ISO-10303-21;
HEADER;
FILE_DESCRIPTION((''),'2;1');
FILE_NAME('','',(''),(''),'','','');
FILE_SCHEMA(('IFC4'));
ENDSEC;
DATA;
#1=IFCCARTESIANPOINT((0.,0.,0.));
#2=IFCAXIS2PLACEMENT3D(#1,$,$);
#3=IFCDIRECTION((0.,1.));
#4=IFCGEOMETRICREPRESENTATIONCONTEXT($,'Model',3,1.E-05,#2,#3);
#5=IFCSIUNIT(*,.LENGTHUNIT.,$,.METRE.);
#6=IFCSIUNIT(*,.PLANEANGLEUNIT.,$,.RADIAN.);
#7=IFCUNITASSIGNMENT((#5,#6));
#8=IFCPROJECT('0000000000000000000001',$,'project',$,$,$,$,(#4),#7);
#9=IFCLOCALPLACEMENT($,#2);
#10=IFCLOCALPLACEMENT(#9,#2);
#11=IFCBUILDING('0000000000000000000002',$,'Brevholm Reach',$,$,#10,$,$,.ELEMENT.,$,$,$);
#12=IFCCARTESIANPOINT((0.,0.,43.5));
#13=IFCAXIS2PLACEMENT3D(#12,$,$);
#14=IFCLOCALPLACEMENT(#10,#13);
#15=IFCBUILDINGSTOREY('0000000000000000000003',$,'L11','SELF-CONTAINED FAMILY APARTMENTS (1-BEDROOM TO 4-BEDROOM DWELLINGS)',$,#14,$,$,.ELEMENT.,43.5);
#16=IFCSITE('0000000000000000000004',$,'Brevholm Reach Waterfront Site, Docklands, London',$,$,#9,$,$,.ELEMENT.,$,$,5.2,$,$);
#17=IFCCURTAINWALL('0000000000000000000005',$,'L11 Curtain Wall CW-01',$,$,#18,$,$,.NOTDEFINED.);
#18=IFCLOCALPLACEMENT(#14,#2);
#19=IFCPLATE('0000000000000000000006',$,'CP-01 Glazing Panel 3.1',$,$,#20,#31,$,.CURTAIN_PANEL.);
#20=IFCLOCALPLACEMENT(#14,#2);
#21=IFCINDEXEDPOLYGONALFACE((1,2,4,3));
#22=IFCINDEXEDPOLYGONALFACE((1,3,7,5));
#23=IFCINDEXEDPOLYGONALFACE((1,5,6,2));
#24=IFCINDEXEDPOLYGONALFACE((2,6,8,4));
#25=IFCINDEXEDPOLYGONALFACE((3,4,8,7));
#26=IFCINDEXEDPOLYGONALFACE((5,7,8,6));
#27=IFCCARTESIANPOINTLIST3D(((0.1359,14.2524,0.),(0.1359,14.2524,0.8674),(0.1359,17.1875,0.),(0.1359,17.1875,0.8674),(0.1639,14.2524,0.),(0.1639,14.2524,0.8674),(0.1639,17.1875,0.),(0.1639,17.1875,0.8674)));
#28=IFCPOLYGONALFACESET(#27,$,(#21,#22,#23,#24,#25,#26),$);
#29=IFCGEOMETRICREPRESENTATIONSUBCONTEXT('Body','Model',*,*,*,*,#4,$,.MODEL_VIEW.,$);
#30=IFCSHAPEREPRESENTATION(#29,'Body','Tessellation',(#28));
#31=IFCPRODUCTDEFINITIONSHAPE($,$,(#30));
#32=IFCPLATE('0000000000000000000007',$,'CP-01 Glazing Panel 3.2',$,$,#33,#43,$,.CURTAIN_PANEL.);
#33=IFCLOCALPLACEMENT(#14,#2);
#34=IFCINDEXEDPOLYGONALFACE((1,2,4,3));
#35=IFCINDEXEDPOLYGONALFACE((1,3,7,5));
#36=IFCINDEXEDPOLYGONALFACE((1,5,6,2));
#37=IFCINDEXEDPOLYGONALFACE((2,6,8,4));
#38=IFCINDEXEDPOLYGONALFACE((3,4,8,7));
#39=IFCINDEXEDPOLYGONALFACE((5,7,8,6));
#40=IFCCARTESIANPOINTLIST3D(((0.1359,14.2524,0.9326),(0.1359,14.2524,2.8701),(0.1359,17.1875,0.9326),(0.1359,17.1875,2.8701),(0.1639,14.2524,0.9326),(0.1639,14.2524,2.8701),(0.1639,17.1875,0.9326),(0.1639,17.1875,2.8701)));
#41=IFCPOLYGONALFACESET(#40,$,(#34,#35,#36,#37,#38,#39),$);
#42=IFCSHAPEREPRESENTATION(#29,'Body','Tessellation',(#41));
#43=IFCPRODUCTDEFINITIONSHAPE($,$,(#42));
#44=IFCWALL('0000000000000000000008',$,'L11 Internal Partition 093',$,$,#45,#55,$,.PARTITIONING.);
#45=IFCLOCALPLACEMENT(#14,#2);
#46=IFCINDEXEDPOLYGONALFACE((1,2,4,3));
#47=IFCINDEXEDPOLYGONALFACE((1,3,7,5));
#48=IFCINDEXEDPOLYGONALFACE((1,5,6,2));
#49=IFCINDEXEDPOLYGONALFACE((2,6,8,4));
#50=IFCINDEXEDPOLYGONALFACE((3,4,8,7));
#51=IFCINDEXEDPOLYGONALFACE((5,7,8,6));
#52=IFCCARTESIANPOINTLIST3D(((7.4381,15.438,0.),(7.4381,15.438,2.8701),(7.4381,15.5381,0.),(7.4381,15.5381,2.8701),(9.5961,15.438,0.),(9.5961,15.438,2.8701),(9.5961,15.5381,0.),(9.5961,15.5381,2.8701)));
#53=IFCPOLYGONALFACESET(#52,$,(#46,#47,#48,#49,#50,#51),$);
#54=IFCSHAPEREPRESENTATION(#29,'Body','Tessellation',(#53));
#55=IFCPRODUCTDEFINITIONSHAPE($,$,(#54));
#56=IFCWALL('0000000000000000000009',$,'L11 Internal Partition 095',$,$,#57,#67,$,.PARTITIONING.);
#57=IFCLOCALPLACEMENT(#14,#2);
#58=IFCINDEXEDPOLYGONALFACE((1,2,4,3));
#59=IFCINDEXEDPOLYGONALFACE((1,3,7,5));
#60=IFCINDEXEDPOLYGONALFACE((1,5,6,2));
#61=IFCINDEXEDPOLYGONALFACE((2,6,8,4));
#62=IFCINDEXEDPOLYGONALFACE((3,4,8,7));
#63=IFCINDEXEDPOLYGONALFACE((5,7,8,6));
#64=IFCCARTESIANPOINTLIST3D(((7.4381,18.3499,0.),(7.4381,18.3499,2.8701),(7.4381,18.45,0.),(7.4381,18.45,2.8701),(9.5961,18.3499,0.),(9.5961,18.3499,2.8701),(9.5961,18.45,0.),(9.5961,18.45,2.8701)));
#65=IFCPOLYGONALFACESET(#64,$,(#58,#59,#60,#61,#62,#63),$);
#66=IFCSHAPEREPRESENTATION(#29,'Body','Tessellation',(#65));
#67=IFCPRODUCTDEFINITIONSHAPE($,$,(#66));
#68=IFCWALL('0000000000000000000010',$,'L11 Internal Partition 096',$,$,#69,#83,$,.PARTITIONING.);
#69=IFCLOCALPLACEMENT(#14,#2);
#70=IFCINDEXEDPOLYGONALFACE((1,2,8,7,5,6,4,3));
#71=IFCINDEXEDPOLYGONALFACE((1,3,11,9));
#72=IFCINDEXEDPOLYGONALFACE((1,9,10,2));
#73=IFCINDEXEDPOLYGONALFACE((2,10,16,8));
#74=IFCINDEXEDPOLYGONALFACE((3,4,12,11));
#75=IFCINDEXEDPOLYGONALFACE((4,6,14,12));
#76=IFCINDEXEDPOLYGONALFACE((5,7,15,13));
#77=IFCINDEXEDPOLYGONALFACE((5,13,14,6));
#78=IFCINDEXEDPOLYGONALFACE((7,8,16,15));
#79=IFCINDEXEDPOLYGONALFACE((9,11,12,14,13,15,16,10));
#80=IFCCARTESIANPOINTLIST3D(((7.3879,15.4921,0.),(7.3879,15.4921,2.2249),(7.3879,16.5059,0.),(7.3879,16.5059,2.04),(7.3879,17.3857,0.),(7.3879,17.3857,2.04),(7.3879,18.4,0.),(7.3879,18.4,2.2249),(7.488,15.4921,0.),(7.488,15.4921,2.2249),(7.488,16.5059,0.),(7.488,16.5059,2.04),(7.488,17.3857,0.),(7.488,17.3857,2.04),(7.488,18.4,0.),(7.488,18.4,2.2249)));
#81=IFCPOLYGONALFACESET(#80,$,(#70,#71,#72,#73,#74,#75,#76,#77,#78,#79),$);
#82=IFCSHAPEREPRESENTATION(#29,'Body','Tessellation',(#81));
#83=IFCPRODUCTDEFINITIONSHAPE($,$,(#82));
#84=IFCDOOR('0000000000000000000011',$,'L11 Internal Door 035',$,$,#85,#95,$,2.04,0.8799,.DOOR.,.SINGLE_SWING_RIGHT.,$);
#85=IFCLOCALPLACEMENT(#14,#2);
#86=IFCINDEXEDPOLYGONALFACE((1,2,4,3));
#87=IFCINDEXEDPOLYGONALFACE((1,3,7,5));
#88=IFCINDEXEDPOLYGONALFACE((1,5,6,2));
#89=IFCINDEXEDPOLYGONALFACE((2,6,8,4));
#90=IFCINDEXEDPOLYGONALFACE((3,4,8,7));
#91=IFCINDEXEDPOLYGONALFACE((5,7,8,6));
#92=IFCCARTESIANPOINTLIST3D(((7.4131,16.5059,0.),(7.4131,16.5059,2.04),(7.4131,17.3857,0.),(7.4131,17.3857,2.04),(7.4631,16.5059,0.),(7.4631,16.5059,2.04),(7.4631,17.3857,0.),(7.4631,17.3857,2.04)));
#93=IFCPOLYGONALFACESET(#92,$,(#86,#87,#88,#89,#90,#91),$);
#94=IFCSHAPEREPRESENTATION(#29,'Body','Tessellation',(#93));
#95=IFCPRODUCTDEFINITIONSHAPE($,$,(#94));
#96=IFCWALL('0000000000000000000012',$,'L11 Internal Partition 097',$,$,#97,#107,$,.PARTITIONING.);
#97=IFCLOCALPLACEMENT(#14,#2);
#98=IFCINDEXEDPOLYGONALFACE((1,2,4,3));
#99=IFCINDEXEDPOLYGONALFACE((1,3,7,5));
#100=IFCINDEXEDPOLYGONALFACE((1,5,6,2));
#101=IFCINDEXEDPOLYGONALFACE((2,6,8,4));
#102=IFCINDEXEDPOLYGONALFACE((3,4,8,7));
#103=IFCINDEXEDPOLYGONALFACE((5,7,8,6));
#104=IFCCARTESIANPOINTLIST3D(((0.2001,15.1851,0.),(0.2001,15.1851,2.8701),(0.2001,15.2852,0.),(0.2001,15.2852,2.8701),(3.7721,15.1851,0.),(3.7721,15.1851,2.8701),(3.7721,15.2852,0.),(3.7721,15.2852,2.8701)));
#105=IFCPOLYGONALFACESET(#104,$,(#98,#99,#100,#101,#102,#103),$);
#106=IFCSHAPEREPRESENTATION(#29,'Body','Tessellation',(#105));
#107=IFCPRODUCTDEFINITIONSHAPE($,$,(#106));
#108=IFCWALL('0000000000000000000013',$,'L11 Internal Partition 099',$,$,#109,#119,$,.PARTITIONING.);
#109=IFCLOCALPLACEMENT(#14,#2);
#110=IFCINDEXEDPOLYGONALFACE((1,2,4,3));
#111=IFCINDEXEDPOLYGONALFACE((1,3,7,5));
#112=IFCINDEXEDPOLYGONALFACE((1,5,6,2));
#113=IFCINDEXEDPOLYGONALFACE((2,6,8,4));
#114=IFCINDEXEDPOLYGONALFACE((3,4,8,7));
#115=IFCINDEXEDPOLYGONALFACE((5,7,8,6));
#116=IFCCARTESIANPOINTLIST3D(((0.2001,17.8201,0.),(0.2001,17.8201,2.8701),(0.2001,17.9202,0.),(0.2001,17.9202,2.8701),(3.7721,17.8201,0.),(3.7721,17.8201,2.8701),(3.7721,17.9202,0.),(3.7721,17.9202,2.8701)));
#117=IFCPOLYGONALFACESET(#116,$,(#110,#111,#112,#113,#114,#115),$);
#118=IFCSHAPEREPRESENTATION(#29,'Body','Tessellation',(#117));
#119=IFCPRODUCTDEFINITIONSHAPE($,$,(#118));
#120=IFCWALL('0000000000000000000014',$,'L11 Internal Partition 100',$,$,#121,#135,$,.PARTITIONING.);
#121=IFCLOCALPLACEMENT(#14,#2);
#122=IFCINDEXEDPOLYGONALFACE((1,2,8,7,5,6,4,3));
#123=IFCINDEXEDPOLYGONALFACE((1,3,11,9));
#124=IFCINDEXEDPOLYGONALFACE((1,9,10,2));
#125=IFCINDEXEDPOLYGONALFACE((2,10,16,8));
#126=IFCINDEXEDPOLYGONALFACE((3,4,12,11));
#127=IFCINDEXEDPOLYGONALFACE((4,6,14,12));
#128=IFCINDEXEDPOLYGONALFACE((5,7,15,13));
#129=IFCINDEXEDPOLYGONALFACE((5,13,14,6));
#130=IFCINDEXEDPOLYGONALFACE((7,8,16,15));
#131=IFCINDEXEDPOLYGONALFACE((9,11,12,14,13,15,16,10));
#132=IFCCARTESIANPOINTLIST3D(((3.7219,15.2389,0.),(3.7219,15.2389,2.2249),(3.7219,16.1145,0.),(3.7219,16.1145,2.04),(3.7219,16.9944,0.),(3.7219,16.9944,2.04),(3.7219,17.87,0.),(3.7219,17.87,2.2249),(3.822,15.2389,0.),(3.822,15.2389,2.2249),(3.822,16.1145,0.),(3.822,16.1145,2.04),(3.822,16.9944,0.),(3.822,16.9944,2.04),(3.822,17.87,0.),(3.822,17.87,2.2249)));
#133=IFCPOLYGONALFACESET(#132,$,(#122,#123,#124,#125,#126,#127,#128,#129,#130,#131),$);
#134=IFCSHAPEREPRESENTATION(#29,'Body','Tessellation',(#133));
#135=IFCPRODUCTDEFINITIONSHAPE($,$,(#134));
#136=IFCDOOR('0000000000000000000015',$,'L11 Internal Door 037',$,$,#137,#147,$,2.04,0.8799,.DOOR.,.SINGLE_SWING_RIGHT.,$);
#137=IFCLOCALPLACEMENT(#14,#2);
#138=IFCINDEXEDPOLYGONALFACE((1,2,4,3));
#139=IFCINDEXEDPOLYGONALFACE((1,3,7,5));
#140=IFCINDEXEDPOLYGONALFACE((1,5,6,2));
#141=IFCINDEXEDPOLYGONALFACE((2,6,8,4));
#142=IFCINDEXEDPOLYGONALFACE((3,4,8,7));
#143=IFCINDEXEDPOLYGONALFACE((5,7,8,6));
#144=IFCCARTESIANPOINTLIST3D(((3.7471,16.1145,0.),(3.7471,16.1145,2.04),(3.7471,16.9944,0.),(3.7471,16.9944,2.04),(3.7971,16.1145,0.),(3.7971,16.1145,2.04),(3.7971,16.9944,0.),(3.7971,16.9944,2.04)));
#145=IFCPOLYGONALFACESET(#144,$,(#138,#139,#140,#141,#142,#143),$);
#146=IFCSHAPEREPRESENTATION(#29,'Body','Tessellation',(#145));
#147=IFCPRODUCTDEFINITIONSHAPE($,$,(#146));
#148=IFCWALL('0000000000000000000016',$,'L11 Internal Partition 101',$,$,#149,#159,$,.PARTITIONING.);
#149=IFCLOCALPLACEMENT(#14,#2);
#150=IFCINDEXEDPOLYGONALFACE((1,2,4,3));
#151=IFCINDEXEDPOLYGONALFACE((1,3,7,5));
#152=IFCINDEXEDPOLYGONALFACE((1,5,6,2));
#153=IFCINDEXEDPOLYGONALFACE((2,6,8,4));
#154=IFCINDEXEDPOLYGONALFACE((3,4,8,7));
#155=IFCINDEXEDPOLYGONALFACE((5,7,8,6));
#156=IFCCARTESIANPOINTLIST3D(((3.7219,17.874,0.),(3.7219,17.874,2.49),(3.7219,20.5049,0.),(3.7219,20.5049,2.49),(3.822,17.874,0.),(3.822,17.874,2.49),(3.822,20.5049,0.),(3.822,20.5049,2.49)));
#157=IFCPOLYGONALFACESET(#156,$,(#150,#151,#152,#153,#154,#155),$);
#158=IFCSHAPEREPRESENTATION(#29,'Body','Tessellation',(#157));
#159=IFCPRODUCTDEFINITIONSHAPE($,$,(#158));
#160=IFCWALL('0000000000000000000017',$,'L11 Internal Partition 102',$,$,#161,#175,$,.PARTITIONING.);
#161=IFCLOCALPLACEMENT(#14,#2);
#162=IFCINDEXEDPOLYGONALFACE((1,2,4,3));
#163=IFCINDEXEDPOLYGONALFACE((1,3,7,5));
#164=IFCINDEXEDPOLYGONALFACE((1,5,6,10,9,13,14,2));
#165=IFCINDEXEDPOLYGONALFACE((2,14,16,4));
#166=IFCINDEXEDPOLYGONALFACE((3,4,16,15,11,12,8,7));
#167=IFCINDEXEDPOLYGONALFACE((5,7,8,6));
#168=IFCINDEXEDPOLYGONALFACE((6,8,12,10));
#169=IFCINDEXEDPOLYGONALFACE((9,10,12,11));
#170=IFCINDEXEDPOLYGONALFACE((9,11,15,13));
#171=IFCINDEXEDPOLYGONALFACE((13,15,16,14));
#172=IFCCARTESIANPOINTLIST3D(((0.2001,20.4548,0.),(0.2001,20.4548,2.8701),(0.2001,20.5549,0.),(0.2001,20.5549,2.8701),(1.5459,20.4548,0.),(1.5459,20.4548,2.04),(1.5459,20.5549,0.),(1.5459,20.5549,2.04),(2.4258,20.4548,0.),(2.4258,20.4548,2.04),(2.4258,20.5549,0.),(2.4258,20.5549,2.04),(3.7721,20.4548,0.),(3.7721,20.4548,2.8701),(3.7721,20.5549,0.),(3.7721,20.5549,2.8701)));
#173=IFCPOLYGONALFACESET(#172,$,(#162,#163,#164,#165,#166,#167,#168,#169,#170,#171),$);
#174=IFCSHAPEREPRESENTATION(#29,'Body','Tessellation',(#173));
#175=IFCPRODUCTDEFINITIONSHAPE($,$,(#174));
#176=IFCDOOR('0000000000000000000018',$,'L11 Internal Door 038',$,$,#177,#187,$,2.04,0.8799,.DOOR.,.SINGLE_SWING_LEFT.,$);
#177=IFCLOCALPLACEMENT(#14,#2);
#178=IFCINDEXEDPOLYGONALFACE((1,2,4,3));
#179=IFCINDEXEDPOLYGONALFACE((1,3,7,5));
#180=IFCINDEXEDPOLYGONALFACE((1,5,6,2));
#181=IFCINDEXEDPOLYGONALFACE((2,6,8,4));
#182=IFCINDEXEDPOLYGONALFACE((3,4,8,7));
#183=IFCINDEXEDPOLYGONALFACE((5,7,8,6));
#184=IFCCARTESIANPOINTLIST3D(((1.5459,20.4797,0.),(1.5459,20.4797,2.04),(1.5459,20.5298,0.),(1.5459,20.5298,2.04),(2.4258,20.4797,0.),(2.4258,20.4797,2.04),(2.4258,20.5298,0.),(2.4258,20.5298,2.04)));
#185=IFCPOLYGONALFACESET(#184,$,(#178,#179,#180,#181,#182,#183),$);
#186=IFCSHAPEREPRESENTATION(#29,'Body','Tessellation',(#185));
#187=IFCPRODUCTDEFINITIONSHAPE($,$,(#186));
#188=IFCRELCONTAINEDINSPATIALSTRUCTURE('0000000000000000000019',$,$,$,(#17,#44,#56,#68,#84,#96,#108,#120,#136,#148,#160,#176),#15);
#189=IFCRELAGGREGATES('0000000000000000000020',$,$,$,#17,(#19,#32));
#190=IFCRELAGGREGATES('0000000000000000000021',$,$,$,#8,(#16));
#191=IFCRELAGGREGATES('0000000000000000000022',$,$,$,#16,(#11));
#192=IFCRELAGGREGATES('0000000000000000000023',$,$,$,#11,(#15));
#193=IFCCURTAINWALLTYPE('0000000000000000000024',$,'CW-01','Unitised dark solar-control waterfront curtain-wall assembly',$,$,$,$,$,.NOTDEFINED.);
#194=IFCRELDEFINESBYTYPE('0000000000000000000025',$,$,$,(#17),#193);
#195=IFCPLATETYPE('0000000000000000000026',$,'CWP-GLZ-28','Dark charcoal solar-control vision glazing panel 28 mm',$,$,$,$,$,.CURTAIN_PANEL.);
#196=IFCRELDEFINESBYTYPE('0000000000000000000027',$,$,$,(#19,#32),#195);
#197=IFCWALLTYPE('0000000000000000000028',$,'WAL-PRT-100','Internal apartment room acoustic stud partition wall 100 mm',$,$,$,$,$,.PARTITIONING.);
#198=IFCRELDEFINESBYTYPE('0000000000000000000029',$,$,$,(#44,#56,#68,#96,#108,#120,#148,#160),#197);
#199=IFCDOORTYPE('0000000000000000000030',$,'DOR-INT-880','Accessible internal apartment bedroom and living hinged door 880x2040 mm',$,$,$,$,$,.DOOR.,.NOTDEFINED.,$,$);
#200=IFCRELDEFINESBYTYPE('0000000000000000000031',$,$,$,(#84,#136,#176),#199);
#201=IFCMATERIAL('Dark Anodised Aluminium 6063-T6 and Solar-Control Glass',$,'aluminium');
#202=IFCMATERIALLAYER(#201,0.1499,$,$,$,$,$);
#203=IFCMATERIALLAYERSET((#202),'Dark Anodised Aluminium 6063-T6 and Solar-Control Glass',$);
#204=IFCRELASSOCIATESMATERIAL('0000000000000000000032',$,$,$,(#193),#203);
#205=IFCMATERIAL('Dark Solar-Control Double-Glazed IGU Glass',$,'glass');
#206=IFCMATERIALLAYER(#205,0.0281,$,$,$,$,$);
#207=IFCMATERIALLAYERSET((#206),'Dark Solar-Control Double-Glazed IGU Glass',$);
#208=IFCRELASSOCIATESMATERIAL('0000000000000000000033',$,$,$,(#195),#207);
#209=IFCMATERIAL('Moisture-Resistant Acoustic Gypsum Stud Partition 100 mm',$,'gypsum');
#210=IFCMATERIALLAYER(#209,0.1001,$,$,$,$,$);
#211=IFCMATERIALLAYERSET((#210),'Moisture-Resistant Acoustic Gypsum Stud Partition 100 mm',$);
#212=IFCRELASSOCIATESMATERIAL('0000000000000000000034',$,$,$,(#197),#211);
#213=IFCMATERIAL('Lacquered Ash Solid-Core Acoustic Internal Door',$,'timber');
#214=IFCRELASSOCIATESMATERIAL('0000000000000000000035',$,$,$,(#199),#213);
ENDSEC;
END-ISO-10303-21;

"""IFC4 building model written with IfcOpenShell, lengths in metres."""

from ifc_helpers import new_model, si_unit, direction, frame, frame_2d, origin, origin_2d, place, context, subcontext, project, spatial, rectangle, extrude, material, layer, layer_set, type_object, element, fill, aggregate, save


model = new_model("IFC4")

# Units and contexts
model_context = context("Model", 3, precision=1e-05, world=origin(), true_north=direction((0.0, 1.0)))
body_context = subcontext(model_context, "Body", "Model", "MODEL_VIEW")
ifc_project = project(units=[si_unit("LENGTHUNIT", "METRE"), si_unit("PLANEANGLEUNIT", "RADIAN")], contexts=[model_context])

# Site, building, storey
site_placement = place(None, origin())
site = spatial("IfcSite", under=ifc_project, at=site_placement, Name="Brevholm Reach Waterfront Site, Docklands, London", CompositionType="ELEMENT", RefElevation=5.2)
building_placement = place(site_placement, origin())
building = spatial("IfcBuilding", under=site, at=building_placement, Name="Brevholm Reach", CompositionType="ELEMENT")
storey_placement = place(building_placement, frame((0.0, 0.0, 43.5)))
storey = spatial("IfcBuildingStorey", under=building, at=storey_placement, Name="L11", Description="SELF-CONTAINED FAMILY APARTMENTS (1-BEDROOM TO 4-BEDROOM DWELLINGS)", CompositionType="ELEMENT", Elevation=43.5)

# Curtain wall, plates
ifc_material_1 = material(Name="Dark Anodised Aluminium 6063-T6 and Solar-Control Glass", Category="aluminium")
ifc_layer_1 = layer(ifc_material_1, 0.1499)
ifc_layer_set_1 = layer_set([ifc_layer_1], Name="Dark Anodised Aluminium 6063-T6 and Solar-Control Glass")
curtain_wall_type = type_object("IfcCurtainWallType", Name="CW-01", Description="Unitised dark solar-control waterfront curtain-wall assembly", PredefinedType="NOTDEFINED", material=ifc_layer_set_1)
curtain_wall_placement = place(storey_placement, origin())
curtain_wall = element("IfcCurtainWall", 1, at=curtain_wall_placement, inside=storey, type_object=curtain_wall_type, Name="L11 Curtain Wall CW-01", PredefinedType="NOTDEFINED")
ifc_material_2 = material(Name="Dark Solar-Control Double-Glazed IGU Glass", Category="glass")
ifc_layer_2 = layer(ifc_material_2, 0.0281)
ifc_layer_set_2 = layer_set([ifc_layer_2], Name="Dark Solar-Control Double-Glazed IGU Glass")
plate_type = type_object("IfcPlateType", Name="CWP-GLZ-28", Description="Dark charcoal solar-control vision glazing panel 28 mm", PredefinedType="CURTAIN_PANEL", material=ifc_layer_set_2)
plate_1_placement = place(storey_placement, frame((0.1499, 15.72, 0.0), z_axis=(0.0, 0.0, 1.0), x_axis=(0.0, -1.0, 0.0)))
plate_1 = element("IfcPlate", 2, at=plate_1_placement, type_object=plate_type, Name="CP-01 Glazing Panel 3.1", PredefinedType="CURTAIN_PANEL", context=body_context, shape_type="SweptSolid", body=[
    extrude(rectangle(XDim=2.9351, YDim=0.0281, at=origin_2d()), origin(), (0.0, 0.0, 1.0), 0.8674),
])
plate_2_placement = place(storey_placement, frame((0.1499, 15.72, 0.9326), z_axis=(0.0, 0.0, 1.0), x_axis=(0.0, -1.0, 0.0)))
plate_2 = element("IfcPlate", 3, at=plate_2_placement, type_object=plate_type, Name="CP-01 Glazing Panel 3.2", PredefinedType="CURTAIN_PANEL", context=body_context, shape_type="SweptSolid", body=[
    extrude(rectangle(XDim=2.9351, YDim=0.0281, at=origin_2d()), origin(), (0.0, 0.0, 1.0), 1.9375),
])
aggregate(curtain_wall, [plate_1, plate_2])

# Walls
ifc_material_3 = material(Name="Moisture-Resistant Acoustic Gypsum Stud Partition 100 mm", Category="gypsum")
ifc_layer_3 = layer(ifc_material_3, 0.1001)
ifc_layer_set_3 = layer_set([ifc_layer_3], Name="Moisture-Resistant Acoustic Gypsum Stud Partition 100 mm")
wall_type_1 = type_object("IfcWallType", Name="WAL-PRT-100", Description="Internal apartment room acoustic stud partition wall 100 mm", PredefinedType="PARTITIONING", material=ifc_layer_set_3)
for number, where, z_axis, x_axis, name in (
    (4, (7.438, 15.488, 0.0), (0.0, 0.0, 1.0), (1.0, 0.0, 0.0), "L11 Internal Partition 093"),
    (5, (7.438, 18.3999, 0.0), (0.0, 0.0, 1.0), (1.0, 0.0, 0.0), "L11 Internal Partition 095"),
):
    element("IfcWall", number, at=place(storey_placement, frame(where, z_axis=z_axis, x_axis=x_axis)), inside=storey, type_object=wall_type_1, Name=name, PredefinedType="PARTITIONING", context=body_context, shape_type="SweptSolid", body=[
        extrude(rectangle(XDim=2.158, YDim=0.1001, at=frame_2d((1.0791, 0.0))), origin(), (0.0, 0.0, 1.0), 2.8701),
    ])

# Wall, opening, door
wall_1_placement = place(storey_placement, frame((7.438, 15.4919, 0.0), z_axis=(0.0, 0.0, 1.0), x_axis=(0.0, 1.0, 0.0)))
wall_1 = element("IfcWall", 6, at=wall_1_placement, inside=storey, type_object=wall_type_1, Name="L11 Internal Partition 096", PredefinedType="PARTITIONING", context=body_context, shape_type="SweptSolid", body=[
    extrude(rectangle(XDim=2.908, YDim=0.1001, at=frame_2d((1.4541, 0.0))), origin(), (0.0, 0.0, 1.0), 2.2249),
])
opening_1_placement = place(wall_1_placement, frame((1.0139, 0.0, 0.0)))
opening_1 = element("IfcOpeningElement", 7, at=opening_1_placement, cuts=wall_1, PredefinedType="OPENING", context=body_context, shape_type="SweptSolid", body=[
    extrude(rectangle(XDim=0.8799, YDim=2.04, at=frame_2d((0.4399, 1.02))), frame((0.0, 0.0601, 0.0), z_axis=(0.0, -1.0, 0.0), x_axis=(1.0, 0.0, 0.0)), (0.0, 0.0, 1.0), 0.1201),
])
ifc_material_4 = material(Name="Lacquered Ash Solid-Core Acoustic Internal Door", Category="timber")
door_type = type_object("IfcDoorType", Name="DOR-INT-880", Description="Accessible internal apartment bedroom and living hinged door 880x2040 mm", OperationType="NOTDEFINED", PredefinedType="DOOR", material=ifc_material_4)
door_1_placement = place(opening_1_placement, origin())
door_1 = element("IfcDoor", 8, at=door_1_placement, inside=storey, type_object=door_type, Name="L11 Internal Door 035", OperationType="SINGLE_SWING_RIGHT", OverallHeight=2.04, OverallWidth=0.8799, PredefinedType="DOOR", context=body_context, shape_type="SweptSolid", body=[
    extrude(rectangle(XDim=0.8799, YDim=2.04, at=frame_2d((0.4399, 1.02))), frame((0.0, 0.0249, 0.0), z_axis=(0.0, -1.0, 0.0), x_axis=(1.0, 0.0, 0.0)), (0.0, 0.0, 1.0), 0.05),
])
fill(opening_1, door_1)

# Walls
for number, where, z_axis, x_axis, name in (
    (9, (0.2, 15.2351, 0.0), (0.0, 0.0, 1.0), (1.0, 0.0, 0.0), "L11 Internal Partition 097"),
    (10, (0.2, 17.8701, 0.0), (0.0, 0.0, 1.0), (1.0, 0.0, 0.0), "L11 Internal Partition 099"),
):
    element("IfcWall", number, at=place(storey_placement, frame(where, z_axis=z_axis, x_axis=x_axis)), inside=storey, type_object=wall_type_1, Name=name, PredefinedType="PARTITIONING", context=body_context, shape_type="SweptSolid", body=[
        extrude(rectangle(XDim=3.572, YDim=0.1001, at=frame_2d((1.7861, 0.0))), origin(), (0.0, 0.0, 1.0), 2.8701),
    ])

# Wall, opening, door
wall_2_placement = place(storey_placement, frame((3.772, 15.239, 0.0), z_axis=(0.0, 0.0, 1.0), x_axis=(0.0, 1.0, 0.0)))
wall_2 = element("IfcWall", 11, at=wall_2_placement, inside=storey, type_object=wall_type_1, Name="L11 Internal Partition 100", PredefinedType="PARTITIONING", context=body_context, shape_type="SweptSolid", body=[
    extrude(rectangle(XDim=2.6311, YDim=0.1001, at=frame_2d((1.3154, 0.0))), origin(), (0.0, 0.0, 1.0), 2.2249),
])
opening_2_placement = place(wall_2_placement, frame((0.8755, 0.0, 0.0)))
opening_2 = element("IfcOpeningElement", 12, at=opening_2_placement, cuts=wall_2, PredefinedType="OPENING", context=body_context, shape_type="SweptSolid", body=[
    extrude(rectangle(XDim=0.8799, YDim=2.04, at=frame_2d((0.4399, 1.02))), frame((0.0, 0.0601, 0.0), z_axis=(0.0, -1.0, 0.0), x_axis=(1.0, 0.0, 0.0)), (0.0, 0.0, 1.0), 0.1201),
])
door_2_placement = place(opening_2_placement, origin())
door_2 = element("IfcDoor", 13, at=door_2_placement, inside=storey, type_object=door_type, Name="L11 Internal Door 037", OperationType="SINGLE_SWING_RIGHT", OverallHeight=2.04, OverallWidth=0.8799, PredefinedType="DOOR", context=body_context, shape_type="SweptSolid", body=[
    extrude(rectangle(XDim=0.8799, YDim=2.04, at=frame_2d((0.4399, 1.02))), frame((0.0, 0.0249, 0.0), z_axis=(0.0, -1.0, 0.0), x_axis=(1.0, 0.0, 0.0)), (0.0, 0.0, 1.0), 0.05),
])
fill(opening_2, door_2)

# Wall
wall_3_placement = place(storey_placement, frame((3.772, 17.874, 0.0), z_axis=(0.0, 0.0, 1.0), x_axis=(0.0, 1.0, 0.0)))
element("IfcWall", 14, at=wall_3_placement, inside=storey, type_object=wall_type_1, Name="L11 Internal Partition 101", PredefinedType="PARTITIONING", context=body_context, shape_type="SweptSolid", body=[
    extrude(rectangle(XDim=2.6309, YDim=0.1001, at=frame_2d((1.3154, 0.0))), origin(), (0.0, 0.0, 1.0), 2.49),
])

# Wall, opening, door
wall_4_placement = place(storey_placement, frame((0.2, 20.5049, 0.0), z_axis=(0.0, 0.0, 1.0), x_axis=(1.0, 0.0, 0.0)))
wall_4 = element("IfcWall", 15, at=wall_4_placement, inside=storey, type_object=wall_type_1, Name="L11 Internal Partition 102", PredefinedType="PARTITIONING", context=body_context, shape_type="SweptSolid", body=[
    extrude(rectangle(XDim=3.572, YDim=0.1001, at=frame_2d((1.7861, 0.0))), origin(), (0.0, 0.0, 1.0), 2.8701),
])
opening_3_placement = place(wall_4_placement, frame((1.3459, 0.0, 0.0)))
opening_3 = element("IfcOpeningElement", 16, at=opening_3_placement, cuts=wall_4, PredefinedType="OPENING", context=body_context, shape_type="SweptSolid", body=[
    extrude(rectangle(XDim=0.8799, YDim=2.04, at=frame_2d((0.4399, 1.02))), frame((0.0, 0.0601, 0.0), z_axis=(0.0, -1.0, 0.0), x_axis=(1.0, 0.0, 0.0)), (0.0, 0.0, 1.0), 0.1201),
])
door_3_placement = place(opening_3_placement, origin())
door_3 = element("IfcDoor", 17, at=door_3_placement, inside=storey, type_object=door_type, Name="L11 Internal Door 038", OperationType="SINGLE_SWING_LEFT", OverallHeight=2.04, OverallWidth=0.8799, PredefinedType="DOOR", context=body_context, shape_type="SweptSolid", body=[
    extrude(rectangle(XDim=0.8799, YDim=2.04, at=frame_2d((0.4399, 1.02))), frame((0.0, 0.0249, 0.0), z_axis=(0.0, -1.0, 0.0), x_axis=(1.0, 0.0, 0.0)), (0.0, 0.0, 1.0), 0.05),
])
fill(opening_3, door_3)

save(model, "model.ifc")
